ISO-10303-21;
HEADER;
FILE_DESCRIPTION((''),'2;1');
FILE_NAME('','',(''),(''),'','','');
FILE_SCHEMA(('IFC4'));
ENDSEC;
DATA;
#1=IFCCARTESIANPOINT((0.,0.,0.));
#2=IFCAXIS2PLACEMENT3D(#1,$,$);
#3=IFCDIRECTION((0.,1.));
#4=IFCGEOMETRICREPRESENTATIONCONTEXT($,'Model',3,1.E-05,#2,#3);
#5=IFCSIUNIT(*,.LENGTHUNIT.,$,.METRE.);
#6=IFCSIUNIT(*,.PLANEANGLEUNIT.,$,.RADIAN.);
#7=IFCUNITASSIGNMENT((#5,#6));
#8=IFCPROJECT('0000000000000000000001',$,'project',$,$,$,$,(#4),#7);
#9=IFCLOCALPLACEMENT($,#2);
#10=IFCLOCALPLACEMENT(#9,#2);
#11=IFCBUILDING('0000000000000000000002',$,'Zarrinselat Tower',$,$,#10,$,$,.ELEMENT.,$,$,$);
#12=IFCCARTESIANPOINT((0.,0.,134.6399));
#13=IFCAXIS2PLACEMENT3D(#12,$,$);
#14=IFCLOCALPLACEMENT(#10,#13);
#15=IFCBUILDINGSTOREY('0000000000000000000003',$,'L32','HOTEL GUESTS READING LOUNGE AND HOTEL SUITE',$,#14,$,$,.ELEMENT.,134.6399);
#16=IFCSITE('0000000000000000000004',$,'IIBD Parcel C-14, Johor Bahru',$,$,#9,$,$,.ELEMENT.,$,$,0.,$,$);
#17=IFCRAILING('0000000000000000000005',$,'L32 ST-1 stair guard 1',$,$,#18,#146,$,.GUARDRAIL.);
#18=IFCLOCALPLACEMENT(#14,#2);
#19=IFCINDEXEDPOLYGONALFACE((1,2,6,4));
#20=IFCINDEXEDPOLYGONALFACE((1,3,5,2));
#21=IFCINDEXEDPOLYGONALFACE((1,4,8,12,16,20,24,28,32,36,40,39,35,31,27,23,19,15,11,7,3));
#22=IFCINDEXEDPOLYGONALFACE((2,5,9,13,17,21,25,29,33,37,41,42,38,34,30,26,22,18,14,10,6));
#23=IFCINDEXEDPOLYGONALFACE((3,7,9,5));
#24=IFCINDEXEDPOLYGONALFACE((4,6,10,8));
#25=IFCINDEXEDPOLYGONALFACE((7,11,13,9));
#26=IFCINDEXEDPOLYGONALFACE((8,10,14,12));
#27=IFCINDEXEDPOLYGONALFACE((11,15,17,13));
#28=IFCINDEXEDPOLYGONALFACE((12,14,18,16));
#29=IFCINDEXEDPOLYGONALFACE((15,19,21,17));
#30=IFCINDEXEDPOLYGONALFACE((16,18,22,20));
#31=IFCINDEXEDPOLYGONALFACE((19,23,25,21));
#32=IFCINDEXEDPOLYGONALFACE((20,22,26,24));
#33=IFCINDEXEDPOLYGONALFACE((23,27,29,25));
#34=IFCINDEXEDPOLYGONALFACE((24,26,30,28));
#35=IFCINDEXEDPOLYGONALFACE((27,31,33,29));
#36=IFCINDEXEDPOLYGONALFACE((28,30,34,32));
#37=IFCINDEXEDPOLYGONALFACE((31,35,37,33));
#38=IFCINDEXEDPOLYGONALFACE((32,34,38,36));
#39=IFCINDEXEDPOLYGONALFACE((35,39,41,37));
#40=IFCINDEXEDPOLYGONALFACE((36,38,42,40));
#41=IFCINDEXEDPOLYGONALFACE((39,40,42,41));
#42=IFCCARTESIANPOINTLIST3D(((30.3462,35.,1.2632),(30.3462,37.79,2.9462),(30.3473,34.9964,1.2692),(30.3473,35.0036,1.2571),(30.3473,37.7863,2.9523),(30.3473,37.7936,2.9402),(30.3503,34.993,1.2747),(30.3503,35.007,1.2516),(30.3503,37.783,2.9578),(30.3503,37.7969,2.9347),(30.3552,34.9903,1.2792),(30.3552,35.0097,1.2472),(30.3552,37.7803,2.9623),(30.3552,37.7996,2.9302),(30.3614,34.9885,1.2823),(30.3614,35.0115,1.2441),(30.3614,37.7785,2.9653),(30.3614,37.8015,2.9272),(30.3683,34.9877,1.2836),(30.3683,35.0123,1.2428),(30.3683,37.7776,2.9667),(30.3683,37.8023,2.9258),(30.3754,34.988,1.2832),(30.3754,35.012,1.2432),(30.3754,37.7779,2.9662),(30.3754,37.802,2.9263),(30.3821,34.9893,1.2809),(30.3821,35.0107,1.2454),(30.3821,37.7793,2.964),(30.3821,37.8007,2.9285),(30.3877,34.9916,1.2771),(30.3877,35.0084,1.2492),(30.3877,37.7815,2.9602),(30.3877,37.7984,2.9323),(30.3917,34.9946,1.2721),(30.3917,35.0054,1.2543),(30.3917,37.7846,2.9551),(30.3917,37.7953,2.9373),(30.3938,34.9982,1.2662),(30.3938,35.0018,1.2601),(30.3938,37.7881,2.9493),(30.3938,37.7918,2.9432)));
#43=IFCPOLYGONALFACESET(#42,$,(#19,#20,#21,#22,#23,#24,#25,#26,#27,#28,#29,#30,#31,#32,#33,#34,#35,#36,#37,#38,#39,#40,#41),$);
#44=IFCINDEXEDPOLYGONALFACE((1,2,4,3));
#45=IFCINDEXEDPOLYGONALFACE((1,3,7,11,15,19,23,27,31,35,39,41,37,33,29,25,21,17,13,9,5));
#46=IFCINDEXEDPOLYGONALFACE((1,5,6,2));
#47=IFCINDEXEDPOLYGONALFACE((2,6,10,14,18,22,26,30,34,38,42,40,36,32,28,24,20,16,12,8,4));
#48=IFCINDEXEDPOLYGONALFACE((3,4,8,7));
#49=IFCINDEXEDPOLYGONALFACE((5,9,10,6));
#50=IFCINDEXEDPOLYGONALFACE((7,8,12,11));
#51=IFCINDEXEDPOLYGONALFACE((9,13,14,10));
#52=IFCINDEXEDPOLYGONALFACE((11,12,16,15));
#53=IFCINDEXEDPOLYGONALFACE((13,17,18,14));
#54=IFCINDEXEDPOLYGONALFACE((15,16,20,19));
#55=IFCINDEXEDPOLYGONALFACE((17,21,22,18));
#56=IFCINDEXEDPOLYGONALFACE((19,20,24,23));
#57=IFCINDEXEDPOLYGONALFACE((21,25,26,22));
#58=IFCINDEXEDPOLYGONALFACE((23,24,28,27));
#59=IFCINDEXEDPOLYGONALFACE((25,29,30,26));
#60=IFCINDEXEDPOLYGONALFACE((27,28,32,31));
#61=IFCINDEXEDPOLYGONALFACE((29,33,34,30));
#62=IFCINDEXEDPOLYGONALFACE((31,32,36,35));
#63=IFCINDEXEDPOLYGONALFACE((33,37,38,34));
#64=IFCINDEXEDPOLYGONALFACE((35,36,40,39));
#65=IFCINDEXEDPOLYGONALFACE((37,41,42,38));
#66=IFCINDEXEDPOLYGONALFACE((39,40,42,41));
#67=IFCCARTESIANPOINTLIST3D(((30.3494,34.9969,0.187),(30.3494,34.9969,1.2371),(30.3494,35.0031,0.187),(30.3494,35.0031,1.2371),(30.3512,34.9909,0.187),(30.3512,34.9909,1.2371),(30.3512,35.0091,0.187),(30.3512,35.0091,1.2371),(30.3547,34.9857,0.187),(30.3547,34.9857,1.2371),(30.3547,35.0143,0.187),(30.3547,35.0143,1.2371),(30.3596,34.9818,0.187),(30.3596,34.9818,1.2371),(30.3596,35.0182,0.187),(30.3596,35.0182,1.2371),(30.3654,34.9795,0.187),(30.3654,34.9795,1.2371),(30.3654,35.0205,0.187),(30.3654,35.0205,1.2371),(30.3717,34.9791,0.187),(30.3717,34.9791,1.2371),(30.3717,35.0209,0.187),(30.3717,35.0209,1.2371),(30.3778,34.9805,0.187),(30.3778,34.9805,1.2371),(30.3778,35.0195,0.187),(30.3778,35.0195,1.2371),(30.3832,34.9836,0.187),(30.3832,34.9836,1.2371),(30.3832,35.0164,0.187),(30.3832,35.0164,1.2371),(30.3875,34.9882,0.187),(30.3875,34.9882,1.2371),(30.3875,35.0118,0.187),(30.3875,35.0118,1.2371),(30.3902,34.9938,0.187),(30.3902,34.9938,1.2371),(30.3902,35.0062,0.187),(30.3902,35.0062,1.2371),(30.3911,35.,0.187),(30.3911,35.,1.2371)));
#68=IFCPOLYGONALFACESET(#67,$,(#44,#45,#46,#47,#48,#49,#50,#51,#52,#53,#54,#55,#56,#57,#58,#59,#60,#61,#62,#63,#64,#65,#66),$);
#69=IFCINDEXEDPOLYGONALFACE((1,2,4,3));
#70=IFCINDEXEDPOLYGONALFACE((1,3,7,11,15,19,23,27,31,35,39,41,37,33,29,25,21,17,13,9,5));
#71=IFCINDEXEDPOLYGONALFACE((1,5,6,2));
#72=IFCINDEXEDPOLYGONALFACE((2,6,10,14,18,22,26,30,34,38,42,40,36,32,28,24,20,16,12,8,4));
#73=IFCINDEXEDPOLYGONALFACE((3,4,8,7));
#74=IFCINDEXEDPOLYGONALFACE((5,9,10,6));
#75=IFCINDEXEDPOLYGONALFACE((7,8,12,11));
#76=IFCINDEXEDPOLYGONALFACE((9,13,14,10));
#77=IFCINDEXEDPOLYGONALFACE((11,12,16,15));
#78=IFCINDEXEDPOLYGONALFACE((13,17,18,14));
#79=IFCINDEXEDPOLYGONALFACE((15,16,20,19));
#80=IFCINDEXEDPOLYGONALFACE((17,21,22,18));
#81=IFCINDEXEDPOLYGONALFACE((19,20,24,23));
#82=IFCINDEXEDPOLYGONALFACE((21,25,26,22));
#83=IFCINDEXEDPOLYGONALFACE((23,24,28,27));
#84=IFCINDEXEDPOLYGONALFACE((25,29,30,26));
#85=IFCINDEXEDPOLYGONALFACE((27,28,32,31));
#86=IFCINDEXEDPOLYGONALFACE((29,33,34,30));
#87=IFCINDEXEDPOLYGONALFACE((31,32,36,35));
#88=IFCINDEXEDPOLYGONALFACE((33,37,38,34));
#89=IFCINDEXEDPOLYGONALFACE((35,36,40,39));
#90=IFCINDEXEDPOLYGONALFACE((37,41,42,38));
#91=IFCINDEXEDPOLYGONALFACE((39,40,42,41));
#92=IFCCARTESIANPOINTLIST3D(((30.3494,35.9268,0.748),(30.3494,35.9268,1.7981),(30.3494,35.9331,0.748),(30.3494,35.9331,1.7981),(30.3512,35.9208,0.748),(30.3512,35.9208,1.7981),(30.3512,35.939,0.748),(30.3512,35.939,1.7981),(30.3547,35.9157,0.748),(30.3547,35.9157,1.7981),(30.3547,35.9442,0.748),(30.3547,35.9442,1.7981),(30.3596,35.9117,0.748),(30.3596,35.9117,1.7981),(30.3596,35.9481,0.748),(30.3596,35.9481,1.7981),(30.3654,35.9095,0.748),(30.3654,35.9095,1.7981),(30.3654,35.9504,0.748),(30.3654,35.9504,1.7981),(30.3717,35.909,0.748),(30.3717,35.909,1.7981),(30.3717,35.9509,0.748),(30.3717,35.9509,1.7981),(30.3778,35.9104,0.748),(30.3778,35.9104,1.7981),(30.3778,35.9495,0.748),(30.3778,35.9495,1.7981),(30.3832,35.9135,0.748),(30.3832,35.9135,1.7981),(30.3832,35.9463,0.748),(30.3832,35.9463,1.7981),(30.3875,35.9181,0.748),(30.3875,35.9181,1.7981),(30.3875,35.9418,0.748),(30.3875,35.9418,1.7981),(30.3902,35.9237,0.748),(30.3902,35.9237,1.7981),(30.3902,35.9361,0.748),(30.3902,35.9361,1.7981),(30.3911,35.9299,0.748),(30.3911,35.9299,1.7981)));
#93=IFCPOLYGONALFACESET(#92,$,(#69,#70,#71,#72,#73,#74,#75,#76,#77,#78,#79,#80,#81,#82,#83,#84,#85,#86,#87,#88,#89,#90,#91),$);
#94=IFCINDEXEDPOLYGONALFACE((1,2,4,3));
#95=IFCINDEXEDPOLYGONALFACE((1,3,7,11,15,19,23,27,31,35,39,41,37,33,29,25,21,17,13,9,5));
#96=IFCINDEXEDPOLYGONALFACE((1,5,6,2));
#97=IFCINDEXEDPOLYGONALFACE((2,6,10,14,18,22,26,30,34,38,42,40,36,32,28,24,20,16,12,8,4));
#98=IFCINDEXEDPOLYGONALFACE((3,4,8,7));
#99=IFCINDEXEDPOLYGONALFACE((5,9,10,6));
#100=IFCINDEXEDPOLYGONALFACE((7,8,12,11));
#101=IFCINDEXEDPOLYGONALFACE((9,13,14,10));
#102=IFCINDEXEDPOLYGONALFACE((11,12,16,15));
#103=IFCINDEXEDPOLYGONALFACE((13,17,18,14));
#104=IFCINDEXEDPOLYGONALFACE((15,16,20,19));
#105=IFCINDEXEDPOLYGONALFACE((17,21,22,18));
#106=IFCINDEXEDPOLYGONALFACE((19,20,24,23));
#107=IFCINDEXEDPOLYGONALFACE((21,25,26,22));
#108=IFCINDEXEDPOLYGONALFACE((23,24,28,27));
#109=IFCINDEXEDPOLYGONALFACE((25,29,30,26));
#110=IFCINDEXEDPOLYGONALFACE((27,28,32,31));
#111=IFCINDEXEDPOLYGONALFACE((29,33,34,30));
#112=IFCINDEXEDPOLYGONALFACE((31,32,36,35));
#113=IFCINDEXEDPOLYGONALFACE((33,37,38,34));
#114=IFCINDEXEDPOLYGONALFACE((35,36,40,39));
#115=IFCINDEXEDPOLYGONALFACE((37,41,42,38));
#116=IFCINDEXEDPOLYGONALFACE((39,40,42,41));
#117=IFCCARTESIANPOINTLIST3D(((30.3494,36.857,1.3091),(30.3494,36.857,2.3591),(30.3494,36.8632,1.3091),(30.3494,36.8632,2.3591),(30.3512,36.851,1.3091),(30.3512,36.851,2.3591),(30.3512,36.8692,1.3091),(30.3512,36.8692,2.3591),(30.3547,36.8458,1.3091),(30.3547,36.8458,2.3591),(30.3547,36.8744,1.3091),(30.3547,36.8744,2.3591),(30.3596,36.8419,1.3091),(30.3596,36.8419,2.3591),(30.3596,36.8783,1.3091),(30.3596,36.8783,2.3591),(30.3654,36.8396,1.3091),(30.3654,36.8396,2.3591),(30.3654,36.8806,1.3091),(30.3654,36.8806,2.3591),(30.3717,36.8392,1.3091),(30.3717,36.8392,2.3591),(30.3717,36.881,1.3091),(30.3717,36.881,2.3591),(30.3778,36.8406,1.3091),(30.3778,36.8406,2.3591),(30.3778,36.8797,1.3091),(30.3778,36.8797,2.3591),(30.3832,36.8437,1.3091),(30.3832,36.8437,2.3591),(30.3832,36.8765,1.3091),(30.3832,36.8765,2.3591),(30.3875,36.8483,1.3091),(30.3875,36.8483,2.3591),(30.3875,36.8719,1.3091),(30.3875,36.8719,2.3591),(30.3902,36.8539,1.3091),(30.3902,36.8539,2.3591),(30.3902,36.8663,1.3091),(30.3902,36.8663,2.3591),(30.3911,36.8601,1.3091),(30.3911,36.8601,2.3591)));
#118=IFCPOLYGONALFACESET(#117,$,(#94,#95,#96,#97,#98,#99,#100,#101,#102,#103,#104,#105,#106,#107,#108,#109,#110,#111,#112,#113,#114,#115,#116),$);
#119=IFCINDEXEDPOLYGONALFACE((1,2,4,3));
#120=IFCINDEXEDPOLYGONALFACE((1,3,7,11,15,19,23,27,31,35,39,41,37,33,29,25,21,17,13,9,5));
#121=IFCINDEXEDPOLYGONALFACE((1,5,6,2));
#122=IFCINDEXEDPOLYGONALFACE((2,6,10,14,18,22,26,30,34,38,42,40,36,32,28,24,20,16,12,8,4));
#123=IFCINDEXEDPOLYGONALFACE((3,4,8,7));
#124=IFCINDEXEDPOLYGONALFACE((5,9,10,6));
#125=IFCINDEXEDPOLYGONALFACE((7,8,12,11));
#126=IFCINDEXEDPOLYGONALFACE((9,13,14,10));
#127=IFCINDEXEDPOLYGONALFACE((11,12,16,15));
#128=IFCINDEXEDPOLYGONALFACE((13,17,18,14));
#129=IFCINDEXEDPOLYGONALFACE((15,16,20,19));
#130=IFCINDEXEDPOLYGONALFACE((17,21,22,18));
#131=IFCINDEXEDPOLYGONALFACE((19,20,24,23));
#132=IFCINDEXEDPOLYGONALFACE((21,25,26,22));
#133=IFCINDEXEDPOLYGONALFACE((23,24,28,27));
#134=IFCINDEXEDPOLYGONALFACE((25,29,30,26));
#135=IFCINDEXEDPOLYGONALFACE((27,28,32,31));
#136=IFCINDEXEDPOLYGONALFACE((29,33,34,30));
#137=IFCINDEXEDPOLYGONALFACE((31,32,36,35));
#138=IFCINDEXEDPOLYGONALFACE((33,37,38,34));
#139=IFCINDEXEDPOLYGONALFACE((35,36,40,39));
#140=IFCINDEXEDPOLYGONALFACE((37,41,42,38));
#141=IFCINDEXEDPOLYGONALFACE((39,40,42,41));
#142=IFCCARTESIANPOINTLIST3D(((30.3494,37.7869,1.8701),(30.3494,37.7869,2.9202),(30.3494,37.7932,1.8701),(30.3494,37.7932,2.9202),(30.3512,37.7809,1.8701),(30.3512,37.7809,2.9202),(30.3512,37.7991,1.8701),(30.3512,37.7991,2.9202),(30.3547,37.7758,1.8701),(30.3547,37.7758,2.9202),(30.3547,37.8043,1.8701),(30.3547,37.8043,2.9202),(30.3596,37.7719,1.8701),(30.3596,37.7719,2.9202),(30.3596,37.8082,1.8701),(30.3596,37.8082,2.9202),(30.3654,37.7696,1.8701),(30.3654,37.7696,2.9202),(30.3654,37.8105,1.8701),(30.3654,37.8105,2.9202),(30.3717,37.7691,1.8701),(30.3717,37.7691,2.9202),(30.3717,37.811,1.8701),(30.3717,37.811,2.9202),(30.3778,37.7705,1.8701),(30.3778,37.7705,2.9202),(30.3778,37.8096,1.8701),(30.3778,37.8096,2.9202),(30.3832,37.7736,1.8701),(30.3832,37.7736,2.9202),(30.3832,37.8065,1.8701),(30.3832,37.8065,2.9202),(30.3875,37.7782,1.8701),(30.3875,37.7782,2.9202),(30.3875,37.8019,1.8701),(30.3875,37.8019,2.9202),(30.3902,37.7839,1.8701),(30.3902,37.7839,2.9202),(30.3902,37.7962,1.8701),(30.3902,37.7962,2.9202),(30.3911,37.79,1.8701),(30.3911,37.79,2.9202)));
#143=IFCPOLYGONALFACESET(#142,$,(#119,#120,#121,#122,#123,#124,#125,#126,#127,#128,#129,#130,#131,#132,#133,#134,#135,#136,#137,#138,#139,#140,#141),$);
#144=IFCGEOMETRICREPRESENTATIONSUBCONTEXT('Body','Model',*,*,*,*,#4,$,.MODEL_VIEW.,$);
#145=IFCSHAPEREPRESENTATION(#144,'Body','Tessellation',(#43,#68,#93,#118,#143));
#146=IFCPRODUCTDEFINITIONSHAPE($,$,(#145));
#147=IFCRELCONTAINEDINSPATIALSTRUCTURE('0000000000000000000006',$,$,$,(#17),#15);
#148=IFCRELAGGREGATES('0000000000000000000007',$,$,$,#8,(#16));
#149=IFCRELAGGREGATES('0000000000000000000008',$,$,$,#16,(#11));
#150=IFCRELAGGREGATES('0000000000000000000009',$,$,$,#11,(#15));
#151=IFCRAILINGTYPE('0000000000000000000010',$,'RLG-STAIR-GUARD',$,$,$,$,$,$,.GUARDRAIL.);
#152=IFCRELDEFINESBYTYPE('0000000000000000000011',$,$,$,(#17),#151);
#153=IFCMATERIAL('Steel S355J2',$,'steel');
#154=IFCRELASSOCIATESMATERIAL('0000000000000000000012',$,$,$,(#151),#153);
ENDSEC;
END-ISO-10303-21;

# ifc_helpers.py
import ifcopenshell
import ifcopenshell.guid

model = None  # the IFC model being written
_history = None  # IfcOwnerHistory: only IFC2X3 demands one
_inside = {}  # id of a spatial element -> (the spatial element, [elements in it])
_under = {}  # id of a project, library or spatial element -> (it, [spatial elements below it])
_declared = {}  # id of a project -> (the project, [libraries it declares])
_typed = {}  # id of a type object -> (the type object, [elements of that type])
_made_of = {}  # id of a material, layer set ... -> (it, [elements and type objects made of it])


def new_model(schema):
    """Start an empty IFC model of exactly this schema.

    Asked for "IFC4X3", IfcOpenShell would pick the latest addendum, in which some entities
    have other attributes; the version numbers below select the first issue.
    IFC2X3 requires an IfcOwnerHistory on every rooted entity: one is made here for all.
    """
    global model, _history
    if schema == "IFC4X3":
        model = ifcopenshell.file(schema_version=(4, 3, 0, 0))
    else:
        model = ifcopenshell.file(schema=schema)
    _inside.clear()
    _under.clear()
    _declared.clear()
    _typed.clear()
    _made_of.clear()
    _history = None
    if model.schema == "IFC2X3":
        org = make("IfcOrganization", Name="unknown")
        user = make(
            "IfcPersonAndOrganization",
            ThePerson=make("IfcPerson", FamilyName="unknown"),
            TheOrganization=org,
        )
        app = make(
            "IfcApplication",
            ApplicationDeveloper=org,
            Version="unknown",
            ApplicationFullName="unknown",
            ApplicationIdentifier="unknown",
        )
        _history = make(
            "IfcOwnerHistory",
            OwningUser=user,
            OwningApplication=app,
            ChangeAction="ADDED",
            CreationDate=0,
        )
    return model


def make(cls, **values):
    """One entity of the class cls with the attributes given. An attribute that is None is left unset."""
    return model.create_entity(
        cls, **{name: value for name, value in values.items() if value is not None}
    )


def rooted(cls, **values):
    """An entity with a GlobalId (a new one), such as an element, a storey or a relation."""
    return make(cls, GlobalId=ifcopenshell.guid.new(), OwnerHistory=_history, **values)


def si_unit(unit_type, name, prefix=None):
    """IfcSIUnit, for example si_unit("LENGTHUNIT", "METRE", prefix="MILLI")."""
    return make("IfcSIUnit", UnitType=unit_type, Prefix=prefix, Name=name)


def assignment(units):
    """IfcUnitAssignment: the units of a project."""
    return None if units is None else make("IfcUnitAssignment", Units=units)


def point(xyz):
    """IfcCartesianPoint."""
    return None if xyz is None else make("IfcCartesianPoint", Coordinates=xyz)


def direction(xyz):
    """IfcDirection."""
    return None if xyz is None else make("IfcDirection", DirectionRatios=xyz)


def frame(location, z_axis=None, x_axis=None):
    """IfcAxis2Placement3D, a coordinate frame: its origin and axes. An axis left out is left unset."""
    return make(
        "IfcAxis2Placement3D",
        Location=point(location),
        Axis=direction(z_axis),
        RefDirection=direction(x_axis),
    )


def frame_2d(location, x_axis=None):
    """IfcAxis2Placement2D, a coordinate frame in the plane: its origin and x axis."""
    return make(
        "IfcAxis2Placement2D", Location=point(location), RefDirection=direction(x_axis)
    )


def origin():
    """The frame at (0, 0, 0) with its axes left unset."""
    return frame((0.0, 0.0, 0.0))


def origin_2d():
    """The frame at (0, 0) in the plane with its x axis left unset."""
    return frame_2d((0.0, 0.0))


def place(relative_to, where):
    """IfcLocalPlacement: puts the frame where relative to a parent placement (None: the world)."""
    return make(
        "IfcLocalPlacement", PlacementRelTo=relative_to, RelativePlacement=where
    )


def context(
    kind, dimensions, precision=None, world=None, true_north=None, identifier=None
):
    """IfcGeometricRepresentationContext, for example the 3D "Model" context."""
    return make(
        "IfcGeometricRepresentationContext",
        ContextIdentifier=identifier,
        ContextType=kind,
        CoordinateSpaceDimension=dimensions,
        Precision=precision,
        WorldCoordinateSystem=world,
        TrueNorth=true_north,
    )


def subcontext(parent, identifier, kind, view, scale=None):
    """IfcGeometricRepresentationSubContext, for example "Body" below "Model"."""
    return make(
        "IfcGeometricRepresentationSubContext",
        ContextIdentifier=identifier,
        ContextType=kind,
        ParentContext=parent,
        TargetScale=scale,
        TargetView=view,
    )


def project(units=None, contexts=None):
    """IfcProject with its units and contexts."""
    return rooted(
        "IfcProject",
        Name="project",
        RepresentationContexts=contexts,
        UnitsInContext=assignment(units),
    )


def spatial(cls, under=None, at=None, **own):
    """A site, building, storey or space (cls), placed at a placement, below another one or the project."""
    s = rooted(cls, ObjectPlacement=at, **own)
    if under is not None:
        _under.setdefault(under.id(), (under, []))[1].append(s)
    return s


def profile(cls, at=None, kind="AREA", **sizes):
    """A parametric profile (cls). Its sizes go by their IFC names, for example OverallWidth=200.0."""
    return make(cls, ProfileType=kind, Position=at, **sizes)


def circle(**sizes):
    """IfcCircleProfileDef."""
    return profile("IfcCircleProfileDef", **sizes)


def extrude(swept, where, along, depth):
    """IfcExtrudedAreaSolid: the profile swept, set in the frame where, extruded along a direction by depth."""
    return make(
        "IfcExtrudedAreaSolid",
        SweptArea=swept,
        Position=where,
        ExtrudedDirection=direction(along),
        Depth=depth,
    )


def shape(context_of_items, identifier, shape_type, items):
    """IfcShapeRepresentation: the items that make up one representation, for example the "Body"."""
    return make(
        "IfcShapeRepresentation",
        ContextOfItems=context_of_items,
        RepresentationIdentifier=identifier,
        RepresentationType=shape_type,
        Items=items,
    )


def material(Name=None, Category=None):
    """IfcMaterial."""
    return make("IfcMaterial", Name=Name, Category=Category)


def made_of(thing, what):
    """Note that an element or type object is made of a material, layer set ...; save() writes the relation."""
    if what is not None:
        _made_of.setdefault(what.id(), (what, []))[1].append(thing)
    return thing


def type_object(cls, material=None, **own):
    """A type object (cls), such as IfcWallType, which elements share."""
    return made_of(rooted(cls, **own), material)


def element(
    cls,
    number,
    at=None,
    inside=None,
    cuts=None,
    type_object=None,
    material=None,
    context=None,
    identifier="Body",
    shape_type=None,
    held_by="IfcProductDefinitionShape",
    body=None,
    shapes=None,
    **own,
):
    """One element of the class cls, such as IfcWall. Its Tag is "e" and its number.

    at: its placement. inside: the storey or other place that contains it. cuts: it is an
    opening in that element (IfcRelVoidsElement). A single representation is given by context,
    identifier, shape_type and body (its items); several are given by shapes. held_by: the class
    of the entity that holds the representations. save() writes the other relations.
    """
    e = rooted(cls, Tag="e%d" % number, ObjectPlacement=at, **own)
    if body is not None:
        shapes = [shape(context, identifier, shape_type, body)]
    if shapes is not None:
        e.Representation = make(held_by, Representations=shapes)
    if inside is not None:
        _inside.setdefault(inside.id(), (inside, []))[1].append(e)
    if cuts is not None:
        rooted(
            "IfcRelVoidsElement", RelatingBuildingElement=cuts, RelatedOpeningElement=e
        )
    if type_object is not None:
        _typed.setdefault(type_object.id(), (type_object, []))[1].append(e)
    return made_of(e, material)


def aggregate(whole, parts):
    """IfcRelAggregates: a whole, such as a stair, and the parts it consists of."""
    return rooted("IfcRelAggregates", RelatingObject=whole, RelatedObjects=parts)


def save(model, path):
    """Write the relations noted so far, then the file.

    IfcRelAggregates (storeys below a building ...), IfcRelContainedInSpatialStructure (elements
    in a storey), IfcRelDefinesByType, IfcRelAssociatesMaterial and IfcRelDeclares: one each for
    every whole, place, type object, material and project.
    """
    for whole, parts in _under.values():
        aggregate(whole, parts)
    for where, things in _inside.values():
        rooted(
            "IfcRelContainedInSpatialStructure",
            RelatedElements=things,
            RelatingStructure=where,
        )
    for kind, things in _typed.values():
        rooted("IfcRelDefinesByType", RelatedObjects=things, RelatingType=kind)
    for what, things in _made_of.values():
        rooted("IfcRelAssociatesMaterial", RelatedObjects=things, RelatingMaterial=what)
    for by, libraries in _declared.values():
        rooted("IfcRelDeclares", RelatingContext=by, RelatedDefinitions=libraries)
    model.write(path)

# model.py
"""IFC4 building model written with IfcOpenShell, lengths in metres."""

from ifc_helpers import new_model, si_unit, direction, frame, origin, origin_2d, place, context, subcontext, project, spatial, circle, extrude, material, type_object, element, save


model = new_model("IFC4")

# Units and contexts
model_context = context("Model", 3, precision=1e-05, world=origin(), true_north=direction((0.0, 1.0)))
body_context = subcontext(model_context, "Body", "Model", "MODEL_VIEW")
ifc_project = project(units=[si_unit("LENGTHUNIT", "METRE"), si_unit("PLANEANGLEUNIT", "RADIAN")], contexts=[model_context])

# Site, building, storey
site_placement = place(None, origin())
site = spatial("IfcSite", under=ifc_project, at=site_placement, Name="IIBD Parcel C-14, Johor Bahru", CompositionType="ELEMENT", RefElevation=0.0)
building_placement = place(site_placement, origin())
building = spatial("IfcBuilding", under=site, at=building_placement, Name="Zarrinselat Tower", CompositionType="ELEMENT")
storey_placement = place(building_placement, frame((0.0, 0.0, 134.6399)))
storey = spatial("IfcBuildingStorey", under=building, at=storey_placement, Name="L32", Description="HOTEL GUESTS READING LOUNGE AND HOTEL SUITE", CompositionType="ELEMENT", Elevation=134.6399)

# Railing
ifc_material_1 = material(Name="Steel S355J2", Category="steel")
railing_type_1 = type_object("IfcRailingType", Name="RLG-STAIR-GUARD", PredefinedType="GUARDRAIL", material=ifc_material_1)
railing_1_placement = place(storey_placement, frame((30.3701, 35.0, 0.187)))
element("IfcRailing", 1, at=railing_1_placement, inside=storey, type_object=railing_type_1, Name="L32 ST-1 stair guard 1", PredefinedType="GUARDRAIL", context=body_context, shape_type="SweptSolid", body=[
    extrude(circle(Radius=0.0239, at=origin_2d()), frame((0.0, 0.0, 1.0762), z_axis=(0.0, 0.856261, 0.516544), x_axis=(-1.0, 0.0, 0.0)), (0.0, 0.0, 1.0), 3.2583),
    extrude(circle(Radius=0.021, at=origin_2d()), origin(), (0.0, 0.0, 1.0), 1.05),
    extrude(circle(Radius=0.021, at=origin_2d()), frame((0.0, 0.9299, 0.561)), (0.0, 0.0, 1.0), 1.05),
    extrude(circle(Radius=0.021, at=origin_2d()), frame((0.0, 1.8601, 1.1221)), (0.0, 0.0, 1.0), 1.05),
    extrude(circle(Radius=0.021, at=origin_2d()), frame((0.0, 2.79, 1.6831)), (0.0, 0.0, 1.0), 1.05),
])

save(model, "model.ifc")
